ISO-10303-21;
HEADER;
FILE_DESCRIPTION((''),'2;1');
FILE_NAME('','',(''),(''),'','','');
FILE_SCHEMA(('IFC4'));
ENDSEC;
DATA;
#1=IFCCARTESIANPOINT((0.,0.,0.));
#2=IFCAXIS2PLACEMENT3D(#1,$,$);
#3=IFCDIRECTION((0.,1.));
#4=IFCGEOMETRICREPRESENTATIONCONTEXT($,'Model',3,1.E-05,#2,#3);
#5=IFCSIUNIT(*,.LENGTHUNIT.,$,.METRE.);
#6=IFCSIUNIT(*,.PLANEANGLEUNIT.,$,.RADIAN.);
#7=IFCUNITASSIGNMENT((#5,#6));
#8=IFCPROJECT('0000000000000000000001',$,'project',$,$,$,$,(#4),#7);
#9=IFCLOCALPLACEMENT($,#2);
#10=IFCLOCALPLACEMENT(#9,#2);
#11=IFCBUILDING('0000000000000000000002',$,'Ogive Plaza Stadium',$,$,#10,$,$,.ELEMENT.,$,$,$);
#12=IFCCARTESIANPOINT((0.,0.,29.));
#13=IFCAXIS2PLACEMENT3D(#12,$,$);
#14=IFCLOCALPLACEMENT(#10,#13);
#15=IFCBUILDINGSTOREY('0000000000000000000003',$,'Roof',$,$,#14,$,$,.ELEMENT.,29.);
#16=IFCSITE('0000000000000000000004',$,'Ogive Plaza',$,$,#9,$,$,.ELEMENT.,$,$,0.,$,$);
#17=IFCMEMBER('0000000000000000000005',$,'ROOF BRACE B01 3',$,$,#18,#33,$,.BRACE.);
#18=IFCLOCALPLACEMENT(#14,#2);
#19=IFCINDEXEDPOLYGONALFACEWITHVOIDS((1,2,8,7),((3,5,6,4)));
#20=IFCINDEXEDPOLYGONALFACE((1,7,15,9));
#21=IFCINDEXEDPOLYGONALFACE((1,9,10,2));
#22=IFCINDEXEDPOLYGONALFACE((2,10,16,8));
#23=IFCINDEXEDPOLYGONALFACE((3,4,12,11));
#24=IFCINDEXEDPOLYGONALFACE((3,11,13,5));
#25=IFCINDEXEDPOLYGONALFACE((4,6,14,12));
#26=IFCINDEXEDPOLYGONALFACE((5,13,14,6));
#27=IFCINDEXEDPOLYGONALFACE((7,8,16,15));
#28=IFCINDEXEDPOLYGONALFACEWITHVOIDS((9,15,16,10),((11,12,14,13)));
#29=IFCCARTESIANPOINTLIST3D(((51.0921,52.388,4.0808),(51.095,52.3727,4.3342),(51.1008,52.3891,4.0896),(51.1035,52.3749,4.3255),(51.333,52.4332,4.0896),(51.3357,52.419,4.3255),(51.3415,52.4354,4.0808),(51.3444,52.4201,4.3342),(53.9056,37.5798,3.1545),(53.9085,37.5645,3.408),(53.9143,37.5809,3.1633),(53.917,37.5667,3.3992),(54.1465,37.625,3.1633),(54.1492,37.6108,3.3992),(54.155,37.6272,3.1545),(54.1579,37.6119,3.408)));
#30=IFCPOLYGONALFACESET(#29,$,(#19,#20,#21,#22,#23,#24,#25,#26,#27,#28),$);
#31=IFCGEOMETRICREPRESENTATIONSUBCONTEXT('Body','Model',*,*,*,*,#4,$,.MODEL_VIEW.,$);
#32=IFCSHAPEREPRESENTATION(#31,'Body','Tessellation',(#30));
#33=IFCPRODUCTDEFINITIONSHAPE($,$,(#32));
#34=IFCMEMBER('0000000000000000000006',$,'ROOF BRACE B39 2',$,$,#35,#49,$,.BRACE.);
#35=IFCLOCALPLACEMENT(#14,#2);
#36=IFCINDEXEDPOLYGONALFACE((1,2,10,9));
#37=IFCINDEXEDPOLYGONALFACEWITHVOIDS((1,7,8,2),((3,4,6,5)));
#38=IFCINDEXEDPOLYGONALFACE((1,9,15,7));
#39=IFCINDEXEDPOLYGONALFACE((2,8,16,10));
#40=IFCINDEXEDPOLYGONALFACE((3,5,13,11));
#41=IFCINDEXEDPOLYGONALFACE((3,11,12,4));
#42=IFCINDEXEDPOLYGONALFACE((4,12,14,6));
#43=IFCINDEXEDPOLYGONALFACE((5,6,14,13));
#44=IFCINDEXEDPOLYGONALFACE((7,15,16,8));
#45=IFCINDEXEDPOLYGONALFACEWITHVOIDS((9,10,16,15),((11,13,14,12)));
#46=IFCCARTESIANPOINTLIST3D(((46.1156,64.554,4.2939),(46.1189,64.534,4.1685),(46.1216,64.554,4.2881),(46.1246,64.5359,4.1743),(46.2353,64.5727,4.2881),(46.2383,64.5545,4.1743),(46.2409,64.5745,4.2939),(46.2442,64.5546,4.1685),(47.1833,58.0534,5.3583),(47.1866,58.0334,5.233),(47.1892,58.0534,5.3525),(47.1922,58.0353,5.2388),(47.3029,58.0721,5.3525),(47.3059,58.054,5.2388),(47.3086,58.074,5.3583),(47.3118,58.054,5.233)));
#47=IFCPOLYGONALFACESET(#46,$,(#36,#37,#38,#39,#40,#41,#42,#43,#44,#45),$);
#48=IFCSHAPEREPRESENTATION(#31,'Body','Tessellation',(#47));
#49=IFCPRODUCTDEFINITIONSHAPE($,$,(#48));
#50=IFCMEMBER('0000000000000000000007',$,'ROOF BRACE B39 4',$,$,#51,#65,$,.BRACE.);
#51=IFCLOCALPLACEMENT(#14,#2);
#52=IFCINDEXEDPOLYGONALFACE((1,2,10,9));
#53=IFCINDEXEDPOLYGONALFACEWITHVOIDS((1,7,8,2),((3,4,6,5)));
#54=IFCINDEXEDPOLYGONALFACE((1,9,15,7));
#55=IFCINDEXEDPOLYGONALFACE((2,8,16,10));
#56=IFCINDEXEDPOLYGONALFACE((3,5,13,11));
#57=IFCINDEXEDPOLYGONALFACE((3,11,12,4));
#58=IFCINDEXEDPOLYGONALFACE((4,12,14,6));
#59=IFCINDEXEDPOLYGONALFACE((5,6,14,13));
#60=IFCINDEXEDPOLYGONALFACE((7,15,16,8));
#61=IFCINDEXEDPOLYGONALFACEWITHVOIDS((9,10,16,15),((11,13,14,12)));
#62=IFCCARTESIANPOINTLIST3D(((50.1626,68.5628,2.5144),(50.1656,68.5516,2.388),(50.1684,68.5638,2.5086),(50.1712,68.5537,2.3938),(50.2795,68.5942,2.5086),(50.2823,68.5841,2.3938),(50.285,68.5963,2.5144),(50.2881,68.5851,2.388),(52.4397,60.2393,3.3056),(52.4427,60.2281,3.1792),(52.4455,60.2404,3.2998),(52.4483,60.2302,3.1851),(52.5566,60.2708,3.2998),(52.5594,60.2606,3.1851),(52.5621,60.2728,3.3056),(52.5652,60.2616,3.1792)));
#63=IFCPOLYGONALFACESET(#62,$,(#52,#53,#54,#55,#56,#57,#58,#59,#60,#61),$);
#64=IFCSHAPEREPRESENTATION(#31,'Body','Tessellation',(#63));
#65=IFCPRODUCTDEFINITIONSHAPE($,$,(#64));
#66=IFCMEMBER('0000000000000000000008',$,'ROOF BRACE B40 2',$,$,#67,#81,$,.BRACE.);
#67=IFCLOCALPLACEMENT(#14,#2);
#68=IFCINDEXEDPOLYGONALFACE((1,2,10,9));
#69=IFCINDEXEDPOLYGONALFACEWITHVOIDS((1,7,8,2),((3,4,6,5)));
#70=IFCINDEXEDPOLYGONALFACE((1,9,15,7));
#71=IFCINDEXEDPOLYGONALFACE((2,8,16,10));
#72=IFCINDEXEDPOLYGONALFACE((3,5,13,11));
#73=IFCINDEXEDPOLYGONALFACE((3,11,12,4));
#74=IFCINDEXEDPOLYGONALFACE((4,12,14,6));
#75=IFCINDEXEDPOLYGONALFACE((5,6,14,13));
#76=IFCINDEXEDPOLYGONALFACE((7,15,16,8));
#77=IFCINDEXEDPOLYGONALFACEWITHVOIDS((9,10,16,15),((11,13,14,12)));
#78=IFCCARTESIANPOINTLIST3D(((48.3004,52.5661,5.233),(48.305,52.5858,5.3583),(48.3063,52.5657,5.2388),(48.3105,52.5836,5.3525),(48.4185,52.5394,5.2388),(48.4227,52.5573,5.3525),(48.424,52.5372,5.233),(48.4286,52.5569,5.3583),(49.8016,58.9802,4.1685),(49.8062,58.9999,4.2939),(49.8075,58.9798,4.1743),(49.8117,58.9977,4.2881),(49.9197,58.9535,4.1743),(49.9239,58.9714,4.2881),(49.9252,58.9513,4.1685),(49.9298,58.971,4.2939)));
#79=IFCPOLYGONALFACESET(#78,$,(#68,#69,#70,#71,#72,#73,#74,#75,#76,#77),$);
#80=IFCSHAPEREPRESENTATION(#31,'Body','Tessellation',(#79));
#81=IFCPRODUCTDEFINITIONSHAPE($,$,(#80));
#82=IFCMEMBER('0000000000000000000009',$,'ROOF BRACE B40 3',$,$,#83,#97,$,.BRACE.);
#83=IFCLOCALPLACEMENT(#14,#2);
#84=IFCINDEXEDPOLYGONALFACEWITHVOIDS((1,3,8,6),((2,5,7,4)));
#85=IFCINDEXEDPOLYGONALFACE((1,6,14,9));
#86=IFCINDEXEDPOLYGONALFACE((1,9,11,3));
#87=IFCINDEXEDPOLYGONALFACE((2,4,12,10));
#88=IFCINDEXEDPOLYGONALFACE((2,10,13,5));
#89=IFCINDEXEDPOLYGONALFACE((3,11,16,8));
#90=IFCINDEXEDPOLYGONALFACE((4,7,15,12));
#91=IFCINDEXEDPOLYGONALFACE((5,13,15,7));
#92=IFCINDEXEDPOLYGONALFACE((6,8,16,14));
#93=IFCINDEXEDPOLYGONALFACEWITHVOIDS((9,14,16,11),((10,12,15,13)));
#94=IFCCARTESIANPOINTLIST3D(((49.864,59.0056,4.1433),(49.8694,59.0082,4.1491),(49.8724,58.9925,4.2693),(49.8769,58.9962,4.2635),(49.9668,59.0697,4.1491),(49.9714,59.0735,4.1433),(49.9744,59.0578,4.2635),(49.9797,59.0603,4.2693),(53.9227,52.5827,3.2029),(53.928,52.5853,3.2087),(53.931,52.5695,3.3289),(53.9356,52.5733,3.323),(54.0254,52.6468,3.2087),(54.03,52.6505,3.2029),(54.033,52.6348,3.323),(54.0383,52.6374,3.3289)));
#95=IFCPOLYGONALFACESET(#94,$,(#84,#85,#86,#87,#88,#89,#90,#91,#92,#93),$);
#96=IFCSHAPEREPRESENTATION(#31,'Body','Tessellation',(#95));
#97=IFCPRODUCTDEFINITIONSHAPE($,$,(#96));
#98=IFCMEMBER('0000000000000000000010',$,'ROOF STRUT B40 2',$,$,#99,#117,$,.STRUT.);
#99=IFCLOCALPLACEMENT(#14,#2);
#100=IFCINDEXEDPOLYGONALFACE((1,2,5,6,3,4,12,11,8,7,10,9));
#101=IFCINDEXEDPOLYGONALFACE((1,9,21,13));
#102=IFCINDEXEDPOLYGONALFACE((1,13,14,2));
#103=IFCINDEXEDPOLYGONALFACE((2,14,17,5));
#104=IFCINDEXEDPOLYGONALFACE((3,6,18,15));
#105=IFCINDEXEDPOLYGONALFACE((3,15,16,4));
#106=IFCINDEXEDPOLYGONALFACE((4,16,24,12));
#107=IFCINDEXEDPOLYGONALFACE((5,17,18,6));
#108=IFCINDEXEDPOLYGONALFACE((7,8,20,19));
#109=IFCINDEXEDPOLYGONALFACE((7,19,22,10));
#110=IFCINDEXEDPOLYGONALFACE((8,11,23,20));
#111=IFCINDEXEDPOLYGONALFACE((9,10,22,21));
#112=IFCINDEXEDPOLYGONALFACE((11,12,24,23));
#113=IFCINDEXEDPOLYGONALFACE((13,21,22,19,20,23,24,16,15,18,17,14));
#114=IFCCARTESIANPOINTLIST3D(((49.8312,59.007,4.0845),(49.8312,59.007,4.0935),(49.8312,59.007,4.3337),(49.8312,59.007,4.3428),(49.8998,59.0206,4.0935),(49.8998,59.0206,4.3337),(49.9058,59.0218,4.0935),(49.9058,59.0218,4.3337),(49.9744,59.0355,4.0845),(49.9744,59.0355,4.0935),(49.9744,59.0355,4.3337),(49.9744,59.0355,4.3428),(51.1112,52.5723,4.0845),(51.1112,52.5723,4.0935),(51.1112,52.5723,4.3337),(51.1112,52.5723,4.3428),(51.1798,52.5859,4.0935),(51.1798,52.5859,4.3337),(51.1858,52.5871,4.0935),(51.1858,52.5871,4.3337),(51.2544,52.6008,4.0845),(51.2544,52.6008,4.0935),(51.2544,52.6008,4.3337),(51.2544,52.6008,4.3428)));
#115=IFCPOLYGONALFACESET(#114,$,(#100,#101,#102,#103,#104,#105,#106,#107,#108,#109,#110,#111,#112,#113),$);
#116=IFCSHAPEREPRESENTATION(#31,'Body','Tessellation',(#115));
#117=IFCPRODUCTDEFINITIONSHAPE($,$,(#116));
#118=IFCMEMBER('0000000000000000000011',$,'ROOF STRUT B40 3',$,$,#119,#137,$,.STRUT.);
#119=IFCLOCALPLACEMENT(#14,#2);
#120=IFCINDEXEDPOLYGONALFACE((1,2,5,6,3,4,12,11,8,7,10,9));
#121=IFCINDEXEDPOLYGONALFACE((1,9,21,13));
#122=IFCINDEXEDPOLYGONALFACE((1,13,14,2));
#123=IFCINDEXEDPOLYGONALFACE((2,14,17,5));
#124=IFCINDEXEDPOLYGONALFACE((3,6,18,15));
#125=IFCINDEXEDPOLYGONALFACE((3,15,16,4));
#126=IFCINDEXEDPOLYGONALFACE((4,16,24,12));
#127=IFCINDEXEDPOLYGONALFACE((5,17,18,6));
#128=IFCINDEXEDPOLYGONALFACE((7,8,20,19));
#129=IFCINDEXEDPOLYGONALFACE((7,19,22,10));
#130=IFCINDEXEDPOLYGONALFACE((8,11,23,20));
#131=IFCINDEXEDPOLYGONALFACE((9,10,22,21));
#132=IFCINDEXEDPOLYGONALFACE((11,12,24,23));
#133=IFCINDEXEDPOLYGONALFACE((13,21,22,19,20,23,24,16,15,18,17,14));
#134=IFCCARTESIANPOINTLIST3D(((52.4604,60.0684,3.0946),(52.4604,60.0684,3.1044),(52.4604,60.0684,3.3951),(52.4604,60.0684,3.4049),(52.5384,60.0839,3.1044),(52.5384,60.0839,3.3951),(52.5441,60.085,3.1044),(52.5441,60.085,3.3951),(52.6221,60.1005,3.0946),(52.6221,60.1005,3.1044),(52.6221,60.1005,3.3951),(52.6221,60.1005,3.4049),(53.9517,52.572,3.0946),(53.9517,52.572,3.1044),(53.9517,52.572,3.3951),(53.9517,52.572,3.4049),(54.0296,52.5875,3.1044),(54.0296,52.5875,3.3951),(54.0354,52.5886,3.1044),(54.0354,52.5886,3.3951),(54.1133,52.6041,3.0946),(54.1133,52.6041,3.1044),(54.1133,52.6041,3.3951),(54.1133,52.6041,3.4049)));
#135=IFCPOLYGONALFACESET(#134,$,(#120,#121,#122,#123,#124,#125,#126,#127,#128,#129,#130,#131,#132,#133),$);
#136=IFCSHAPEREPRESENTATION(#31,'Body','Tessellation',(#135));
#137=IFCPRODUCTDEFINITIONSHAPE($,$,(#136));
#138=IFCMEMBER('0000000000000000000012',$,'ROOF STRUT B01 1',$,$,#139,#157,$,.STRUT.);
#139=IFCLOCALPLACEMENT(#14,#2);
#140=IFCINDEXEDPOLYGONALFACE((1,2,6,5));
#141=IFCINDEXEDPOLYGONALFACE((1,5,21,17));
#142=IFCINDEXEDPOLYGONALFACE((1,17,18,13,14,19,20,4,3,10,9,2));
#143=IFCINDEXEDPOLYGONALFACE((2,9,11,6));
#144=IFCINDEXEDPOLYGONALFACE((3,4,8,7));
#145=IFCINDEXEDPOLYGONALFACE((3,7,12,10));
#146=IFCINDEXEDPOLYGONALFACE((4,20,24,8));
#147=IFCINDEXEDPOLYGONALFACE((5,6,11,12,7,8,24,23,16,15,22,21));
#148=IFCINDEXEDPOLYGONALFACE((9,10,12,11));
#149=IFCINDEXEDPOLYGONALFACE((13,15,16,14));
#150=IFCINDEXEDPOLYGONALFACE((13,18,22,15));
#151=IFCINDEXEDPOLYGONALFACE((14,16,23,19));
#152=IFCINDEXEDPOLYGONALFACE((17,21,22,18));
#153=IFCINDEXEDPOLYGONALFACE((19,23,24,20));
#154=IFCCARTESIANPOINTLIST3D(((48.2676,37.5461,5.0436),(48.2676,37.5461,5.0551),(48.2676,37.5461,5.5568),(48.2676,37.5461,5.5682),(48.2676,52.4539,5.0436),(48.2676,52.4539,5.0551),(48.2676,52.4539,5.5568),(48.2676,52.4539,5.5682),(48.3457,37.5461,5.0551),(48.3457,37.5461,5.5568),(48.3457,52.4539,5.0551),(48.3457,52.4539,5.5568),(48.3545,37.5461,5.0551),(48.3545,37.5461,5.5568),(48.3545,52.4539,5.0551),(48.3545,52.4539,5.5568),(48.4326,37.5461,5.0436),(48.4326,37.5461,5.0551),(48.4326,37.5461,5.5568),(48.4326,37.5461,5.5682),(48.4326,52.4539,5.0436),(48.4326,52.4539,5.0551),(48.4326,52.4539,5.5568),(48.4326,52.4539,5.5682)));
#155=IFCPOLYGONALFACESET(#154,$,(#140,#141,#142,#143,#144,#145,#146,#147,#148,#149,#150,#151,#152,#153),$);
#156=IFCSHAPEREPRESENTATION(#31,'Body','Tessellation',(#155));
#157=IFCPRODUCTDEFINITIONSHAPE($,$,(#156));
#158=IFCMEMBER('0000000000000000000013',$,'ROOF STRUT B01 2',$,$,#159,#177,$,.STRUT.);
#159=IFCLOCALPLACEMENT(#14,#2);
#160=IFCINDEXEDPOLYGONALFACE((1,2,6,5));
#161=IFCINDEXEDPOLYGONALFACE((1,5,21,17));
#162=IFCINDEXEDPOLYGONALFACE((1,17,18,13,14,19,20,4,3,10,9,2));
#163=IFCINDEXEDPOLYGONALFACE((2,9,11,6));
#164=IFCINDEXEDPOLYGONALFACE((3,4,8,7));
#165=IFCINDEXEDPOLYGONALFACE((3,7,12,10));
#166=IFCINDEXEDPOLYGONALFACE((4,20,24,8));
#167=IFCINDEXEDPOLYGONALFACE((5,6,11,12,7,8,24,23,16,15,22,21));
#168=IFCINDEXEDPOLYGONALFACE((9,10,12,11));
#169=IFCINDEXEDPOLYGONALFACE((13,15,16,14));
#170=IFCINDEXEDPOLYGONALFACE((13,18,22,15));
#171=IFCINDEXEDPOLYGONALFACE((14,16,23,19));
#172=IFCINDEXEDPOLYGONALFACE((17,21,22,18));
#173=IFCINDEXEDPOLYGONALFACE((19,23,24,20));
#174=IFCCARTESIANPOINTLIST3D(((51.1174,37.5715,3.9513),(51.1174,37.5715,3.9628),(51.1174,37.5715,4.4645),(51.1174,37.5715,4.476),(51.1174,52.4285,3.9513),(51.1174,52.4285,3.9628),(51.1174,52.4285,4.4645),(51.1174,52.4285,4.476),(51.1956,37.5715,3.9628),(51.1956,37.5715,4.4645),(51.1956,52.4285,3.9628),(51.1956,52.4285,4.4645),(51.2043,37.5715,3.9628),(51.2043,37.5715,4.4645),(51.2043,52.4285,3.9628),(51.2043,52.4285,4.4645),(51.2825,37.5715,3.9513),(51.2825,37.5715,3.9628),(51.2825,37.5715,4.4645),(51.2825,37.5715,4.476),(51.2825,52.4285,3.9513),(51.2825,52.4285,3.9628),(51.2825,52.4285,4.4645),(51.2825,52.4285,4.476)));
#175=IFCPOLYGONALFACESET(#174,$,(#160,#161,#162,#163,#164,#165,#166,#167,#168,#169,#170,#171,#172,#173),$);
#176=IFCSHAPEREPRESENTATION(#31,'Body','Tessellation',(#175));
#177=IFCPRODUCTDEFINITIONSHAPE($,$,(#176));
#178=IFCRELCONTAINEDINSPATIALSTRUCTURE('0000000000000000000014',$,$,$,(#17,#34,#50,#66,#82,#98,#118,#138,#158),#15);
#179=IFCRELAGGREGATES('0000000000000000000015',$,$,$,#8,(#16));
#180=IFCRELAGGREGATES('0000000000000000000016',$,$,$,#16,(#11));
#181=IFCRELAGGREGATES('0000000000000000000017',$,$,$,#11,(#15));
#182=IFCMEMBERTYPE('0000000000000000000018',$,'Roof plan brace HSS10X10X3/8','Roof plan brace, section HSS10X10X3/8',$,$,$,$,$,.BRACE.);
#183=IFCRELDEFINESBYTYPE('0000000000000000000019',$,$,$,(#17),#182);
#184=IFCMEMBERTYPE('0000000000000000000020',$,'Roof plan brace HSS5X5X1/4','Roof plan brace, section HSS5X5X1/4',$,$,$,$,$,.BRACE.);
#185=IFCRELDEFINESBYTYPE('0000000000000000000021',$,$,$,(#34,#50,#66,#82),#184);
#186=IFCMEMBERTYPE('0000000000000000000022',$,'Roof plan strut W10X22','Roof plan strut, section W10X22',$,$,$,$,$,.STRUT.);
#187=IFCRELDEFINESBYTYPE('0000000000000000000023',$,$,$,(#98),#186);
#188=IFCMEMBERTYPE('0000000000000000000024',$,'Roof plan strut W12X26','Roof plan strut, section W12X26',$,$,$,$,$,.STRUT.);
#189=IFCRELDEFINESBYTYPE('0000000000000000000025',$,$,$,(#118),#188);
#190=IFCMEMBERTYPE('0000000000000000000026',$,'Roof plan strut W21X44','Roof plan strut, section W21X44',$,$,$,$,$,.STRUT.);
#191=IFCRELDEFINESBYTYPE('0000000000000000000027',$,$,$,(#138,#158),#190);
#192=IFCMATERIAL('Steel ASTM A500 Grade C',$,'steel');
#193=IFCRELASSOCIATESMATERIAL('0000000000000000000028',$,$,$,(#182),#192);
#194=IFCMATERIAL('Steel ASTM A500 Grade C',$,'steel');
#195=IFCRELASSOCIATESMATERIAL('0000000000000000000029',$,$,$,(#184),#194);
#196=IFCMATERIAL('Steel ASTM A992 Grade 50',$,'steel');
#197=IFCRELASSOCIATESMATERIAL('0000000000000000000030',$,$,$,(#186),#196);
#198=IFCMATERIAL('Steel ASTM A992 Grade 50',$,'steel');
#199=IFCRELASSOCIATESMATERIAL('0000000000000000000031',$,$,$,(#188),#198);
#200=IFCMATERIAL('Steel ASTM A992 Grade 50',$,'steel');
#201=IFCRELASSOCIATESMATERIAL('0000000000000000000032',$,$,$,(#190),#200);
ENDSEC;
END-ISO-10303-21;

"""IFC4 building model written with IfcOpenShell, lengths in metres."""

from ifc_helpers import new_model, si_unit, direction, frame, origin, origin_2d, place, context, subcontext, project, spatial, hollow_rectangle, i_section, extrude, material, material_profile, profile_set, type_object, element, save


model = new_model("IFC4")

# Units and contexts
model_context = context("Model", 3, precision=1e-05, world=origin(), true_north=direction((0.0, 1.0)))
body_context = subcontext(model_context, "Body", "Model", "MODEL_VIEW")
ifc_project = project(units=[si_unit("LENGTHUNIT", "METRE"), si_unit("PLANEANGLEUNIT", "RADIAN")], contexts=[model_context])

# Site, building, storey
site_placement = place(None, origin())
site = spatial("IfcSite", under=ifc_project, at=site_placement, Name="Ogive Plaza", CompositionType="ELEMENT", RefElevation=0.0)
building_placement = place(site_placement, origin())
building = spatial("IfcBuilding", under=site, at=building_placement, Name="Ogive Plaza Stadium", CompositionType="ELEMENT")
storey_placement = place(building_placement, frame((0.0, 0.0, 29.0)))
storey = spatial("IfcBuildingStorey", under=building, at=storey_placement, Name="Roof", CompositionType="ELEMENT", Elevation=29.0)

# Members
ifc_material_1 = material(Name="Steel ASTM A500 Grade C", Category="steel")
ifc_material_profile_1 = material_profile(ifc_material_1, hollow_rectangle(XDim=0.2539, YDim=0.2539, WallThickness=0.0088, at=origin_2d()), Name="HSS10X10X3/8")
ifc_profile_set_1 = profile_set([ifc_material_profile_1], Name="Steel ASTM A500 Grade C")
member_type_1 = type_object("IfcMemberType", Name="Roof plan brace HSS10X10X3/8", Description="Roof plan brace, section HSS10X10X3/8", PredefinedType="BRACE", material=ifc_profile_set_1)
member_1_placement = place(storey_placement, frame((51.2183, 52.4041, 4.2075), z_axis=(0.186305, -0.980575, -0.061336), x_axis=(0.982425, 0.186657, 0.0)))
element("IfcMember", 1, at=member_1_placement, inside=storey, type_object=member_type_1, Name="ROOF BRACE B01 3", PredefinedType="BRACE", context=body_context, shape_type="SweptSolid", body=[
    extrude(hollow_rectangle(XDim=0.2539, YDim=0.2539, WallThickness=0.0088, at=origin_2d()), origin(), (0.0, 0.0, 1.0), 15.1016),
])
ifc_material_2 = material(Name="Steel ASTM A500 Grade C", Category="steel")
ifc_material_profile_2 = material_profile(ifc_material_2, hollow_rectangle(XDim=0.127, YDim=0.127, WallThickness=0.0059, at=origin_2d()), Name="HSS5X5X1/4")
ifc_profile_set_2 = profile_set([ifc_material_profile_2], Name="Steel ASTM A500 Grade C")
member_type_2 = type_object("IfcMemberType", Name="Roof plan brace HSS5X5X1/4", Description="Roof plan brace, section HSS5X5X1/4", PredefinedType="BRACE", material=ifc_profile_set_2)
member_2_placement = place(storey_placement, frame((47.2476, 58.0537, 5.2957), z_axis=(-0.159991, 0.974144, -0.159516), x_axis=(-0.98678, -0.162067, 0.0)))
element("IfcMember", 2, at=member_2_placement, inside=storey, type_object=member_type_2, Name="ROOF BRACE B39 2", PredefinedType="BRACE", context=body_context, shape_type="SweptSolid", body=[
    extrude(hollow_rectangle(XDim=0.127, YDim=0.127, WallThickness=0.0059, at=origin_2d()), origin(), (0.0, 0.0, 1.0), 6.6731),
])
member_3_placement = place(storey_placement, frame((52.5024, 60.2505, 3.2424), z_axis=(-0.262776, 0.960526, -0.091311), x_axis=(-0.964556, -0.263879, 0.0)))
element("IfcMember", 3, at=member_3_placement, inside=storey, type_object=member_type_2, Name="ROOF BRACE B39 4", PredefinedType="BRACE", context=body_context, shape_type="SweptSolid", body=[
    extrude(hollow_rectangle(XDim=0.127, YDim=0.127, WallThickness=0.0059, at=origin_2d()), origin(), (0.0, 0.0, 1.0), 8.6655),
])
member_4_placement = place(storey_placement, frame((48.3645, 52.5615, 5.2957), z_axis=(0.224974, 0.961218, -0.15952), x_axis=(-0.973686, 0.227893, 0.0)))
element("IfcMember", 4, at=member_4_placement, inside=storey, type_object=member_type_2, Name="ROOF BRACE B40 2", PredefinedType="BRACE", context=body_context, shape_type="SweptSolid", body=[
    extrude(hollow_rectangle(XDim=0.127, YDim=0.127, WallThickness=0.0059, at=origin_2d()), origin(), (0.0, 0.0, 1.0), 6.6729),
])
member_5_placement = place(storey_placement, frame((49.9219, 59.033, 4.2063), z_axis=(0.530141, -0.838964, -0.122841), x_axis=(0.845367, 0.534186, 0.0)))
element("IfcMember", 5, at=member_5_placement, inside=storey, type_object=member_type_2, Name="ROOF BRACE B40 3", PredefinedType="BRACE", context=body_context, shape_type="SweptSolid", body=[
    extrude(hollow_rectangle(XDim=0.127, YDim=0.127, WallThickness=0.0059, at=origin_2d()), origin(), (0.0, 0.0, 1.0), 7.6558),
])
ifc_material_3 = material(Name="Steel ASTM A992 Grade 50", Category="steel")
ifc_material_profile_3 = material_profile(ifc_material_3, i_section(OverallWidth=0.146, OverallDepth=0.2583, WebThickness=0.0061, FlangeThickness=0.009, at=origin_2d()), Name="W10X22")
ifc_profile_set_3 = profile_set([ifc_material_profile_3], Name="Steel ASTM A992 Grade 50")
member_type_3 = type_object("IfcMemberType", Name="Roof plan strut W10X22", Description="Roof plan strut, section W10X22", PredefinedType="STRUT", material=ifc_profile_set_3)
member_6_placement = place(storey_placement, frame((49.9028, 59.0212, 4.2136), z_axis=(0.1951, -0.980783, 0.0), x_axis=(0.980783, 0.1951, 0.0)))
element("IfcMember", 6, at=member_6_placement, inside=storey, type_object=member_type_3, Name="ROOF STRUT B40 2", PredefinedType="STRUT", context=body_context, shape_type="SweptSolid", body=[
    extrude(i_section(OverallWidth=0.146, OverallDepth=0.2583, WebThickness=0.0061, FlangeThickness=0.009, at=origin_2d()), origin(), (0.0, 0.0, 1.0), 6.5608),
])
ifc_material_4 = material(Name="Steel ASTM A992 Grade 50", Category="steel")
ifc_material_profile_4 = material_profile(ifc_material_4, i_section(OverallWidth=0.1648, OverallDepth=0.3103, WebThickness=0.0059, FlangeThickness=0.0098, at=origin_2d()), Name="W12X26")
ifc_profile_set_4 = profile_set([ifc_material_profile_4], Name="Steel ASTM A992 Grade 50")
member_type_4 = type_object("IfcMemberType", Name="Roof plan strut W12X26", Description="Roof plan strut, section W12X26", PredefinedType="STRUT", material=ifc_profile_set_4)
member_7_placement = place(storey_placement, frame((52.5413, 60.0845, 3.2498), z_axis=(0.195102, -0.980783, 0.0), x_axis=(0.980783, 0.195102, 0.0)))
element("IfcMember", 7, at=member_7_placement, inside=storey, type_object=member_type_4, Name="ROOF STRUT B40 3", PredefinedType="STRUT", context=body_context, shape_type="SweptSolid", body=[
    extrude(i_section(OverallWidth=0.1648, OverallDepth=0.3103, WebThickness=0.0059, FlangeThickness=0.0098, at=origin_2d()), origin(), (0.0, 0.0, 1.0), 7.6433),
])
ifc_material_5 = material(Name="Steel ASTM A992 Grade 50", Category="steel")
ifc_material_profile_5 = material_profile(ifc_material_5, i_section(OverallWidth=0.165, OverallDepth=0.5247, WebThickness=0.0088, FlangeThickness=0.0115, at=origin_2d()), Name="W21X44")
ifc_profile_set_5 = profile_set([ifc_material_profile_5], Name="Steel ASTM A992 Grade 50")
member_type_5 = type_object("IfcMemberType", Name="Roof plan strut W21X44", Description="Roof plan strut, section W21X44", PredefinedType="STRUT", material=ifc_profile_set_5)
member_8_placement = place(storey_placement, frame((48.3501, 52.4539, 5.3059), z_axis=(0.0, -1.0, 0.0), x_axis=(1.0, 0.0, 0.0)))
element("IfcMember", 8, at=member_8_placement, inside=storey, type_object=member_type_5, Name="ROOF STRUT B01 1", PredefinedType="STRUT", context=body_context, shape_type="SweptSolid", body=[
    extrude(i_section(OverallWidth=0.165, OverallDepth=0.5247, WebThickness=0.0088, FlangeThickness=0.0115, at=origin_2d()), origin(), (0.0, 0.0, 1.0), 14.9077),
])
for number, where, z_axis, x_axis, name in (
    (9, (51.2, 52.4285, 4.2136), (0.0, -1.0, 0.0), (1.0, 0.0, 0.0), "ROOF STRUT B01 2"),
):
    element("IfcMember", number, at=place(storey_placement, frame(where, z_axis=z_axis, x_axis=x_axis)), inside=storey, type_object=member_type_5, Name=name, PredefinedType="STRUT", context=body_context, shape_type="SweptSolid", body=[
        extrude(i_section(OverallWidth=0.165, OverallDepth=0.5247, WebThickness=0.0088, FlangeThickness=0.0115, at=origin_2d()), origin(), (0.0, 0.0, 1.0), 14.8569),
    ])

save(model, "model.ifc")
